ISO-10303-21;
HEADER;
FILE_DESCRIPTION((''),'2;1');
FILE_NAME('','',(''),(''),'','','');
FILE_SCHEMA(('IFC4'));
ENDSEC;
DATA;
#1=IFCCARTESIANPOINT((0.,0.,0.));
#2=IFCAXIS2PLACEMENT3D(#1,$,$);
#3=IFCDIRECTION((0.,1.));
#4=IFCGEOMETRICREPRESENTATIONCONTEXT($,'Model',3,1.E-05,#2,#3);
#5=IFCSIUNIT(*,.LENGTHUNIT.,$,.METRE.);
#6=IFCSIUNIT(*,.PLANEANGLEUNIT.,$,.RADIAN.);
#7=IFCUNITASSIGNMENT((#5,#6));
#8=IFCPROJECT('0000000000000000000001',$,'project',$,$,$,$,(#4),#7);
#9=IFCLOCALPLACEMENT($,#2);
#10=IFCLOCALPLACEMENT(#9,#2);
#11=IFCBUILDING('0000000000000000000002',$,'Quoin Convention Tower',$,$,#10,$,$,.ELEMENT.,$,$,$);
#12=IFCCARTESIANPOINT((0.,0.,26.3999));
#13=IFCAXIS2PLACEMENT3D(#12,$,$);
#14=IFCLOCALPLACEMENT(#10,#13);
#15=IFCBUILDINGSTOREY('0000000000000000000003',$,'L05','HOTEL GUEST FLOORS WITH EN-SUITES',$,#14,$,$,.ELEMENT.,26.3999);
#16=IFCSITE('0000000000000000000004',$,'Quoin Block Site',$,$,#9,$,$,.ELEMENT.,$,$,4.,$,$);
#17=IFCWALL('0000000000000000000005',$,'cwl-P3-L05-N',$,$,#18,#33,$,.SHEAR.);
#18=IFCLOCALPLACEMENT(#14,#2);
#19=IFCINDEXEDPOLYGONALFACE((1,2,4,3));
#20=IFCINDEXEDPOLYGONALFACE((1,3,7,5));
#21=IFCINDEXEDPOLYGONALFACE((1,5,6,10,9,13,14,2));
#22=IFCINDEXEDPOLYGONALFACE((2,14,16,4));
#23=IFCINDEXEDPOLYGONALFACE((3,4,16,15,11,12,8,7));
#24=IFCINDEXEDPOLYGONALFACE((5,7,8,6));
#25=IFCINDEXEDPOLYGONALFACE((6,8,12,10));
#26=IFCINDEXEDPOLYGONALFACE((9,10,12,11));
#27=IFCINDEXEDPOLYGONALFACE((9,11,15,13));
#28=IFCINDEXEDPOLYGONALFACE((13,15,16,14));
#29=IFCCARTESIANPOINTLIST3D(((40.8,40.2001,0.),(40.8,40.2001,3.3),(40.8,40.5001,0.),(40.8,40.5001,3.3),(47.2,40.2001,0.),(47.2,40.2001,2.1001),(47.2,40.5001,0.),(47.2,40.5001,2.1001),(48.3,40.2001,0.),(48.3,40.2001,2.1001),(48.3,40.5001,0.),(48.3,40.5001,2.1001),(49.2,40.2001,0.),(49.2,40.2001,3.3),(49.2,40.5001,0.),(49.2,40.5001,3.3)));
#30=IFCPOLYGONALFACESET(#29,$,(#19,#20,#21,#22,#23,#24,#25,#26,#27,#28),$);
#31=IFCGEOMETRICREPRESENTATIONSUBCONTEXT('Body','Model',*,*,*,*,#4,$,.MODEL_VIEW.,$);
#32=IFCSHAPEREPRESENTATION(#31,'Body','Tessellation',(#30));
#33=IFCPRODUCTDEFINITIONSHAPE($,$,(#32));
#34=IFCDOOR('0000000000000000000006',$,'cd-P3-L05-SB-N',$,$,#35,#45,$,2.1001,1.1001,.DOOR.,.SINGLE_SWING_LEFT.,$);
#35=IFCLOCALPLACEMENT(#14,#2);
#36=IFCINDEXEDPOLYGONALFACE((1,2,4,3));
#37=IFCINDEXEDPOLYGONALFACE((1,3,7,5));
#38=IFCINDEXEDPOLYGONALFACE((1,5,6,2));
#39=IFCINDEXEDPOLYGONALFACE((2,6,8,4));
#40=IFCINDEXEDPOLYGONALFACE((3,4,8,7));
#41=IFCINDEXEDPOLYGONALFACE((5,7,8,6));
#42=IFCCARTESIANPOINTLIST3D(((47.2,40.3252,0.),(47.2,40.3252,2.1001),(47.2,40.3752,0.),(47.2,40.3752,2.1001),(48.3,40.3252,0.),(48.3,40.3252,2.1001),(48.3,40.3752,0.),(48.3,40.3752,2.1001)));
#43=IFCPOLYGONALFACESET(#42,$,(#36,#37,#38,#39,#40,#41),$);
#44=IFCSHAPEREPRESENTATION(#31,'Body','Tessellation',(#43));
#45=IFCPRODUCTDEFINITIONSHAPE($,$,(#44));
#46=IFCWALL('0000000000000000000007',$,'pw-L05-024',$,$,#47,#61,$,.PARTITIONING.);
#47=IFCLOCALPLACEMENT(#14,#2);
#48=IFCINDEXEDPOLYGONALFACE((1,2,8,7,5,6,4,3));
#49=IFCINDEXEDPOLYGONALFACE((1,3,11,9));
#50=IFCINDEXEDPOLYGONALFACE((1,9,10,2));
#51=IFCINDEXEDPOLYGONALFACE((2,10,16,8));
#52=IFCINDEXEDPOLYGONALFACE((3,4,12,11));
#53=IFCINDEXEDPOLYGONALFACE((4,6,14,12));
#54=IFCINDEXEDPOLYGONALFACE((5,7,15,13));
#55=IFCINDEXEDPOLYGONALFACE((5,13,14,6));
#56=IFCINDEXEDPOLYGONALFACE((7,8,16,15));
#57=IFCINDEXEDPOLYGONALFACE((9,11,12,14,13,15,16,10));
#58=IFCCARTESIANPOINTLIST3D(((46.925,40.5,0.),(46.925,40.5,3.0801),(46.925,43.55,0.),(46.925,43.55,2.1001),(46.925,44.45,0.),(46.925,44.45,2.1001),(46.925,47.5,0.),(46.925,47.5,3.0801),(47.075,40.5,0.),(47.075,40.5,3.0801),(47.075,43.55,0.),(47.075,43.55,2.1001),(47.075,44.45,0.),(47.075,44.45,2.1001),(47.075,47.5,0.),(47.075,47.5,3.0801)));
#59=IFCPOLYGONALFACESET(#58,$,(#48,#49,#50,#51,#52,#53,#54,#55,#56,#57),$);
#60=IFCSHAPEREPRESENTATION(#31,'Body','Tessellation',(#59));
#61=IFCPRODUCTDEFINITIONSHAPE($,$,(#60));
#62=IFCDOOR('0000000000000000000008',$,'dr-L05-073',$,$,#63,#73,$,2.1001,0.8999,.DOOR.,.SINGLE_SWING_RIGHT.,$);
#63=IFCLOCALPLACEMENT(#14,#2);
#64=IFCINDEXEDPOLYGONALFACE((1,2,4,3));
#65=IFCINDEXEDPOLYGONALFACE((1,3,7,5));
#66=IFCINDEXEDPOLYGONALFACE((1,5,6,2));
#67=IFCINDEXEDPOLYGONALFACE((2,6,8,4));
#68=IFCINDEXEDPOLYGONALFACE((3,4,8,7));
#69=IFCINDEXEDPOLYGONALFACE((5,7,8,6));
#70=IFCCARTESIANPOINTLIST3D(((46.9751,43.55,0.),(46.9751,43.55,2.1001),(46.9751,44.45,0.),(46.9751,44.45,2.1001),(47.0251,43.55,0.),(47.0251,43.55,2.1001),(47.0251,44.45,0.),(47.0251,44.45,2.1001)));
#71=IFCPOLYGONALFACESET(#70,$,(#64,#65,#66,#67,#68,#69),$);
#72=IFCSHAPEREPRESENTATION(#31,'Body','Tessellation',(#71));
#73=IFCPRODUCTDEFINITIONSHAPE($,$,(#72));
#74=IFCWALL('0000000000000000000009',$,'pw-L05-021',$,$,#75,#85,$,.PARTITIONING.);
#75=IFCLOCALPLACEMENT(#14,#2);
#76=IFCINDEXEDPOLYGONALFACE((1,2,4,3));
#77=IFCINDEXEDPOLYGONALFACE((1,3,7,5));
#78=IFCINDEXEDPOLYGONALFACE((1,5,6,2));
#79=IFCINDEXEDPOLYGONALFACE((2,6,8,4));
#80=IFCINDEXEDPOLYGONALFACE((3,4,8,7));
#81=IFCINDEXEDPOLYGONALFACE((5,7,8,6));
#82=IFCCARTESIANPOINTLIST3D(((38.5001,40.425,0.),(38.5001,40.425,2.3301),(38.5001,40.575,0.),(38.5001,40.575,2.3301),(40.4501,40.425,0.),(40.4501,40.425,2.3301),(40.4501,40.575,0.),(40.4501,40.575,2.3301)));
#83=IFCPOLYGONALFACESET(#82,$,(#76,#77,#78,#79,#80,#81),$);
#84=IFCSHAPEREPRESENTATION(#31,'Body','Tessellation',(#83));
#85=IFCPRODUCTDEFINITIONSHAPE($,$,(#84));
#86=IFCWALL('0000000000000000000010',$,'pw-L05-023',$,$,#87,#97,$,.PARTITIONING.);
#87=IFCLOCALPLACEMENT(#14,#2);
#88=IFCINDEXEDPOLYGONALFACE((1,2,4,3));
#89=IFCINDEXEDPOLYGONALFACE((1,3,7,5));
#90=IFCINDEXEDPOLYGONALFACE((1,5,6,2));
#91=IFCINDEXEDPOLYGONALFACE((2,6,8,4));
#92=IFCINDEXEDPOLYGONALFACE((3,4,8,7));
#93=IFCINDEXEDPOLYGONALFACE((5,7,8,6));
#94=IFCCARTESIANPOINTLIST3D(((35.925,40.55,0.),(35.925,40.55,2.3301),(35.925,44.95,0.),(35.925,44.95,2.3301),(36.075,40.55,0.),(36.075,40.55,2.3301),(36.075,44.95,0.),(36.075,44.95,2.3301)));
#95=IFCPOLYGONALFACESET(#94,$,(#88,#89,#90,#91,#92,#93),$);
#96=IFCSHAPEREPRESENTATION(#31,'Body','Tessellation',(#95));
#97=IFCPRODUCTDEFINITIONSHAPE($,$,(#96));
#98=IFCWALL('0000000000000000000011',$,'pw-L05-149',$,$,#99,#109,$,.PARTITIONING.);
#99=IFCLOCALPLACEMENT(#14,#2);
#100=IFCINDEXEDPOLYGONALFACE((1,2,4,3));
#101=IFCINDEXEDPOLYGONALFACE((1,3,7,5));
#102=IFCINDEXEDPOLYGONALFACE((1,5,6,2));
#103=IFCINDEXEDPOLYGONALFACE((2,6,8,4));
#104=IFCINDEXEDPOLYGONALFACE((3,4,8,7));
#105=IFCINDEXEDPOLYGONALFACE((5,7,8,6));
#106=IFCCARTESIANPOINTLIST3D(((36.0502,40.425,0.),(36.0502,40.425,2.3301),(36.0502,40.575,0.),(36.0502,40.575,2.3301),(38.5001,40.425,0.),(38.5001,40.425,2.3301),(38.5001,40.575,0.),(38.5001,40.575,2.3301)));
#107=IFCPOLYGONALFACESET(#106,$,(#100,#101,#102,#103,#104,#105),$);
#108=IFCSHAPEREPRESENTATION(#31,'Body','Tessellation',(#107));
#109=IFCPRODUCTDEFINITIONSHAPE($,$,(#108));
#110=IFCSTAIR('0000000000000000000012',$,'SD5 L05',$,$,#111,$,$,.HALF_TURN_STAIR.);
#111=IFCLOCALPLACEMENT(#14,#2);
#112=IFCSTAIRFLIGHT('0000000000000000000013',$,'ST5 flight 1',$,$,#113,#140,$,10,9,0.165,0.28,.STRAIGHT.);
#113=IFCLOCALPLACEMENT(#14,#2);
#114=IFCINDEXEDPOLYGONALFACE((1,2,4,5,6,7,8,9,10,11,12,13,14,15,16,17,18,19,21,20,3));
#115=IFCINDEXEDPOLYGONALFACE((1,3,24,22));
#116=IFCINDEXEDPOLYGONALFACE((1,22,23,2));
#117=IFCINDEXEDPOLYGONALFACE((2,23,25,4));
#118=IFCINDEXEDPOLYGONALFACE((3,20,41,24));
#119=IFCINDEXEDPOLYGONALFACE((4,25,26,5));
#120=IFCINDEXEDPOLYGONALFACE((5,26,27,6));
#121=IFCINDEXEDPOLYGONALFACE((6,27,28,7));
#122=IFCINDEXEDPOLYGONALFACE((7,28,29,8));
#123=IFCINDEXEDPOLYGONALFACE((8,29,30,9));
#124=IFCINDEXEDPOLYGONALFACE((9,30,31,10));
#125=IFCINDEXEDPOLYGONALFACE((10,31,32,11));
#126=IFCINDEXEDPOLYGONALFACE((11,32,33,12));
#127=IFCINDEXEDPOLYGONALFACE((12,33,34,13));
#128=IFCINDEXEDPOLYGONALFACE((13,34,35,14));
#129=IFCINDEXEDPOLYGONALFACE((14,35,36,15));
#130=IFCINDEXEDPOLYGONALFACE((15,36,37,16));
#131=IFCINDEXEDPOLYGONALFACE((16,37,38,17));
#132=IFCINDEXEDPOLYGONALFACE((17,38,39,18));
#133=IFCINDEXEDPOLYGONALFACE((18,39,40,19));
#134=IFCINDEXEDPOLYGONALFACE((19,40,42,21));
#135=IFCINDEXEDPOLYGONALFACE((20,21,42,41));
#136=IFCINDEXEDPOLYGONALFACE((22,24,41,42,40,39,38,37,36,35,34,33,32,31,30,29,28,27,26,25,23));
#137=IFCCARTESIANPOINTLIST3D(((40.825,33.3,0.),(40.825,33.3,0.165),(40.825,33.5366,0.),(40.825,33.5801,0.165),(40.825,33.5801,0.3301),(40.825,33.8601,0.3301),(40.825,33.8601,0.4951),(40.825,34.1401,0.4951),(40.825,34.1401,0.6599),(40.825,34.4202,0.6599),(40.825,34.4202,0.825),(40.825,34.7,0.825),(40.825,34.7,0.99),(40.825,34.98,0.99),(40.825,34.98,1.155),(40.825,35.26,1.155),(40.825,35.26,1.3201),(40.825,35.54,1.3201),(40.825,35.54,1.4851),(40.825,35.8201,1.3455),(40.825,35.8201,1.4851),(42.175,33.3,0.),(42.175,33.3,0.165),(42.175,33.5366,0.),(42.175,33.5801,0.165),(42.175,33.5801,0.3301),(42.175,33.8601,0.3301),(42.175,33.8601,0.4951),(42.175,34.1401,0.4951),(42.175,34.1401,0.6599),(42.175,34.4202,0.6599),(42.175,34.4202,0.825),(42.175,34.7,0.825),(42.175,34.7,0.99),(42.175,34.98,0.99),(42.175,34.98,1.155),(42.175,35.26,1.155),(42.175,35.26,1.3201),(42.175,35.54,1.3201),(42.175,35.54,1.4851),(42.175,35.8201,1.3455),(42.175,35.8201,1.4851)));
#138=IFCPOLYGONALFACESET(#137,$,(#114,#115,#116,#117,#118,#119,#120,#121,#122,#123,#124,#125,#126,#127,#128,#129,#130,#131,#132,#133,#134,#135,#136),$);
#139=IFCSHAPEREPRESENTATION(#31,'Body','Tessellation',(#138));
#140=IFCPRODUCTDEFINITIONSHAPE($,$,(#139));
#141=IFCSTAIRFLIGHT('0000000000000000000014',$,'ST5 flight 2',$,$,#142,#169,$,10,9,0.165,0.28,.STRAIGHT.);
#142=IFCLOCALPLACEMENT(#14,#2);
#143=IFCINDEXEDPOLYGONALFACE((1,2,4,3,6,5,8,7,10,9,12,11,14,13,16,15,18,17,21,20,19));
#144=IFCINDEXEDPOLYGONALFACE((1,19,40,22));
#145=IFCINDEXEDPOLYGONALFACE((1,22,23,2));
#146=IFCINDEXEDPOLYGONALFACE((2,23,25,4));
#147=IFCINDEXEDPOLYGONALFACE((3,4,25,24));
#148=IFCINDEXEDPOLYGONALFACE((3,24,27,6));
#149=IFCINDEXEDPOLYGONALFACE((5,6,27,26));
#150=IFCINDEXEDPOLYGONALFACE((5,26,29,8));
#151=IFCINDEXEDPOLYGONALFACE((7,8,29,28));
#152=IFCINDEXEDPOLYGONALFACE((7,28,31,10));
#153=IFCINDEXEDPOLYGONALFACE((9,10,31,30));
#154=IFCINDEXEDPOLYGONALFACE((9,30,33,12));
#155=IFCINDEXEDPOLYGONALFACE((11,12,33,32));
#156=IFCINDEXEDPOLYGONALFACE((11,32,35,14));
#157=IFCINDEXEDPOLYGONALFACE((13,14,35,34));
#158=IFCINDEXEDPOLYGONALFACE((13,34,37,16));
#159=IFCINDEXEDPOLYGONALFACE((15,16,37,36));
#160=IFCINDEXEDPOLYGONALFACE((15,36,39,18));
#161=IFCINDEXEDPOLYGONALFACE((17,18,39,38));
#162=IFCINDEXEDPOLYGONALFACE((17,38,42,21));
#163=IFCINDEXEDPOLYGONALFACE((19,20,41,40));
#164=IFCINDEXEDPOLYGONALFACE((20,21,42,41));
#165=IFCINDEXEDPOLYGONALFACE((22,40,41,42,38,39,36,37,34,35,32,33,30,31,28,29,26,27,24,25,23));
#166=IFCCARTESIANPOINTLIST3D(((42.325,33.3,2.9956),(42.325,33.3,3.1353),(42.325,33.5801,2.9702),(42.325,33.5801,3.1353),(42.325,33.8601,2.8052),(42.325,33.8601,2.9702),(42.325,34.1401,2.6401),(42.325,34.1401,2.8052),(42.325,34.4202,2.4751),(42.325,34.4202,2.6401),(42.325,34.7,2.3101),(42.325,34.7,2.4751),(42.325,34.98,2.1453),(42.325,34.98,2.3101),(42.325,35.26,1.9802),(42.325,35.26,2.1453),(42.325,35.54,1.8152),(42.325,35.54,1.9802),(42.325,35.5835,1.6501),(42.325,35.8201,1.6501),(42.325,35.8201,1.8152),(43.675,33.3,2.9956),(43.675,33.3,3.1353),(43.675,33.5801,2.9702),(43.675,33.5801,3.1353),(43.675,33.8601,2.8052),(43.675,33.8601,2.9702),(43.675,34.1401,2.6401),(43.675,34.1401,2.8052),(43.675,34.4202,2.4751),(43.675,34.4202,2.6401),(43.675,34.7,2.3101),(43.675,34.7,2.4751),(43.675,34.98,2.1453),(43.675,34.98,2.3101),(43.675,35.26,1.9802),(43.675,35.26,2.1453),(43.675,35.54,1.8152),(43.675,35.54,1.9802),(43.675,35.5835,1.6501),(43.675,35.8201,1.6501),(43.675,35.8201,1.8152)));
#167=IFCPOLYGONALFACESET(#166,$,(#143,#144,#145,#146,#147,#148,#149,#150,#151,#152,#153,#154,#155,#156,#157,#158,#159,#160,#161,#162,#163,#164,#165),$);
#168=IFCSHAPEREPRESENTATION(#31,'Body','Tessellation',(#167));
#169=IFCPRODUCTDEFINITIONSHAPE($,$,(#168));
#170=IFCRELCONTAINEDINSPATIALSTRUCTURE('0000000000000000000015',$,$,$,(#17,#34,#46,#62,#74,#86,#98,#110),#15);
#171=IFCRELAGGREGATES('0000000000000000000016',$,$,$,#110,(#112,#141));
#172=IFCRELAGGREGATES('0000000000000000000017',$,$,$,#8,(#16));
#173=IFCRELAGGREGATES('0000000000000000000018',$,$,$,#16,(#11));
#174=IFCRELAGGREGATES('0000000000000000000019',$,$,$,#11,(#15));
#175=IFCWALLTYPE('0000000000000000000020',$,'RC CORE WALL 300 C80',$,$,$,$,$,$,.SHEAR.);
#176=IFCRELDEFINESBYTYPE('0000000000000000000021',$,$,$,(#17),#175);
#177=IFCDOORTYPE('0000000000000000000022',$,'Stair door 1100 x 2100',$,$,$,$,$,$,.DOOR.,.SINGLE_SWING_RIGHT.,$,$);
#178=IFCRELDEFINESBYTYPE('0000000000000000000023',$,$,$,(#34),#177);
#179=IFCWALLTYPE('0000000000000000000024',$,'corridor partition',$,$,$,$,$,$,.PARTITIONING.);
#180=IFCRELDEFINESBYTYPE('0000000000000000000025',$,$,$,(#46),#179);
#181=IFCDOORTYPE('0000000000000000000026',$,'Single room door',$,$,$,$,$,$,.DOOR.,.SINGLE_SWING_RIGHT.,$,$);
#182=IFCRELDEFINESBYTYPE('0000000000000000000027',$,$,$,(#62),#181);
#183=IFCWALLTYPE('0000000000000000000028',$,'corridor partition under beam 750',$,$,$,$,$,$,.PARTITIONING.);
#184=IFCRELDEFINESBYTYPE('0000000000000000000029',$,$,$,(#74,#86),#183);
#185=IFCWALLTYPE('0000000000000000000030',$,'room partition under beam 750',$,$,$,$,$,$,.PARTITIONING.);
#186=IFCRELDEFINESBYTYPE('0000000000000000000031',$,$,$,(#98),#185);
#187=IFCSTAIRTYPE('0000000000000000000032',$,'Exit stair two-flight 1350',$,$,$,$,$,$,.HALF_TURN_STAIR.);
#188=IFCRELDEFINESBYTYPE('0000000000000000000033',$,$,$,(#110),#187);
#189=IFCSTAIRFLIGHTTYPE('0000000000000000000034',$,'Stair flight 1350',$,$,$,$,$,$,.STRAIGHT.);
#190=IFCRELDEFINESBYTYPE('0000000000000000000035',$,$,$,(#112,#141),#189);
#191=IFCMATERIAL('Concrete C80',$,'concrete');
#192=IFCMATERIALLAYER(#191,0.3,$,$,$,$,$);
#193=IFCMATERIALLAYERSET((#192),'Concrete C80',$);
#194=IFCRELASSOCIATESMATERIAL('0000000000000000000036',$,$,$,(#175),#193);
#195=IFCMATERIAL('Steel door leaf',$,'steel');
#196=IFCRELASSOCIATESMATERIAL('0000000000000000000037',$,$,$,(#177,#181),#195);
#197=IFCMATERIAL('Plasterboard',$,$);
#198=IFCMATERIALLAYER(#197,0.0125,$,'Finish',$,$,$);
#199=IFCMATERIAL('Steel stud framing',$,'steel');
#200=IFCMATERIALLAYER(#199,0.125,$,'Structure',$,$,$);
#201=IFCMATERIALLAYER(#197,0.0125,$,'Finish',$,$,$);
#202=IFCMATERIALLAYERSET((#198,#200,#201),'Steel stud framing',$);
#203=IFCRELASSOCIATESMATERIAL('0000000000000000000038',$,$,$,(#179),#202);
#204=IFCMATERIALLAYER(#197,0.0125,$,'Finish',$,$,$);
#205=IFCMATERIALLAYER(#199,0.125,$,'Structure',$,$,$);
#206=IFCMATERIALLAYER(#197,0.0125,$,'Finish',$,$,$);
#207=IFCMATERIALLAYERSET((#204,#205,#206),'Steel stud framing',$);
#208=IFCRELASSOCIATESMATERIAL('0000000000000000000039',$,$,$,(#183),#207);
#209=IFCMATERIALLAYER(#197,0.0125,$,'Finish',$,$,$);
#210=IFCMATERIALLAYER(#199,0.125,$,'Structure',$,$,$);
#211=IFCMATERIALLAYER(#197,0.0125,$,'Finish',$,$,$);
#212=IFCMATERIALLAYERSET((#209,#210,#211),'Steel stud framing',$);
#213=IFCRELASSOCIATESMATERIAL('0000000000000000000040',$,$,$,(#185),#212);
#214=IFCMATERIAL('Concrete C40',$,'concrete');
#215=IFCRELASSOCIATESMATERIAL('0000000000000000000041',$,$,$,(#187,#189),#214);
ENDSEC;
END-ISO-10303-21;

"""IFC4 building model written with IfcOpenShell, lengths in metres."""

from ifc_helpers import new_model, si_unit, direction, frame, frame_2d, origin, place, context, subcontext, project, spatial, polyline, rectangle, outline, extrude, material, layer, layer_set, type_object, element, fill, aggregate, save


model = new_model("IFC4")

# Units and contexts
model_context = context("Model", 3, precision=1e-05, world=origin(), true_north=direction((0.0, 1.0)))
body_context = subcontext(model_context, "Body", "Model", "MODEL_VIEW")
ifc_project = project(units=[si_unit("LENGTHUNIT", "METRE"), si_unit("PLANEANGLEUNIT", "RADIAN")], contexts=[model_context])

# Site, building, storey
site_placement = place(None, origin())
site = spatial("IfcSite", under=ifc_project, at=site_placement, Name="Quoin Block Site", CompositionType="ELEMENT", RefElevation=4.0)
building_placement = place(site_placement, origin())
building = spatial("IfcBuilding", under=site, at=building_placement, Name="Quoin Convention Tower", CompositionType="ELEMENT")
storey_placement = place(building_placement, frame((0.0, 0.0, 26.3999)))
storey = spatial("IfcBuildingStorey", under=building, at=storey_placement, Name="L05", Description="HOTEL GUEST FLOORS WITH EN-SUITES", CompositionType="ELEMENT", Elevation=26.3999)

# Shared definitions
ifc_material_1 = material(Name="Concrete C80", Category="concrete")

# Walls, openings, doors
ifc_layer_1 = layer(ifc_material_1, 0.3)
ifc_layer_set_1 = layer_set([ifc_layer_1], Name="Concrete C80")
wall_type_1 = type_object("IfcWallType", Name="RC CORE WALL 300 C80", PredefinedType="SHEAR", material=ifc_layer_set_1)
wall_1_placement = place(storey_placement, frame((40.8, 40.3501, 0.0), z_axis=(0.0, 0.0, 1.0), x_axis=(1.0, 0.0, 0.0)))
wall_1 = element("IfcWall", 1, at=wall_1_placement, inside=storey, type_object=wall_type_1, Name="cwl-P3-L05-N", PredefinedType="SHEAR", context=body_context, shape_type="SweptSolid", body=[
    extrude(rectangle(XDim=8.3999, YDim=0.3, at=frame_2d((4.2, 0.0))), origin(), (0.0, 0.0, 1.0), 3.3),
])
opening_1_placement = place(wall_1_placement, frame((6.3999, 0.0, 0.0)))
opening_1 = element("IfcOpeningElement", 2, at=opening_1_placement, cuts=wall_1, PredefinedType="OPENING", context=body_context, shape_type="SweptSolid", body=[
    extrude(rectangle(XDim=1.1001, YDim=2.1001, at=frame_2d((0.55, 1.05))), frame((0.0, 0.1599, 0.0), z_axis=(0.0, -1.0, 0.0), x_axis=(1.0, 0.0, 0.0)), (0.0, 0.0, 1.0), 0.3201),
])
ifc_material_2 = material(Name="Steel door leaf", Category="steel")
door_type_1 = type_object("IfcDoorType", Name="Stair door 1100 x 2100", OperationType="SINGLE_SWING_RIGHT", PredefinedType="DOOR", material=ifc_material_2)
door_1_placement = place(opening_1_placement, frame((1.1001, 0.0, 0.0), z_axis=(0.0, 0.0, 1.0), x_axis=(-1.0, 0.0, 0.0)))
door_1 = element("IfcDoor", 3, at=door_1_placement, inside=storey, type_object=door_type_1, Name="cd-P3-L05-SB-N", OperationType="SINGLE_SWING_LEFT", OverallHeight=2.1001, OverallWidth=1.1001, PredefinedType="DOOR", context=body_context, shape_type="SweptSolid", body=[
    extrude(rectangle(XDim=1.1001, YDim=2.1001, at=frame_2d((0.55, 1.05))), frame((0.0, 0.0249, 0.0), z_axis=(0.0, -1.0, 0.0), x_axis=(1.0, 0.0, 0.0)), (0.0, 0.0, 1.0), 0.05),
])
fill(opening_1, door_1)
ifc_material_3 = material(Name="Plasterboard")
ifc_layer_2 = layer(ifc_material_3, 0.0125, Name="Finish")
ifc_material_4 = material(Name="Steel stud framing", Category="steel")
ifc_layer_3 = layer(ifc_material_4, 0.125, Name="Structure")
ifc_layer_4 = layer(ifc_material_3, 0.0125, Name="Finish")
ifc_layer_set_2 = layer_set([ifc_layer_2, ifc_layer_3, ifc_layer_4], Name="Steel stud framing")
wall_type_2 = type_object("IfcWallType", Name="corridor partition", PredefinedType="PARTITIONING", material=ifc_layer_set_2)
wall_2_placement = place(storey_placement, frame((47.0, 40.5, 0.0), z_axis=(0.0, 0.0, 1.0), x_axis=(0.0, 1.0, 0.0)))
wall_2 = element("IfcWall", 4, at=wall_2_placement, inside=storey, type_object=wall_type_2, Name="pw-L05-024", PredefinedType="PARTITIONING", context=body_context, shape_type="SweptSolid", body=[
    extrude(rectangle(XDim=7.0, YDim=0.1499, at=frame_2d((3.5, 0.0))), origin(), (0.0, 0.0, 1.0), 3.0801),
])
opening_2_placement = place(wall_2_placement, frame((3.05, 0.0, 0.0)))
opening_2 = element("IfcOpeningElement", 5, at=opening_2_placement, cuts=wall_2, PredefinedType="OPENING", context=body_context, shape_type="SweptSolid", body=[
    extrude(rectangle(XDim=0.8999, YDim=2.1001, at=frame_2d((0.45, 1.05))), frame((0.0, 0.085, 0.0), z_axis=(0.0, -1.0, 0.0), x_axis=(1.0, 0.0, 0.0)), (0.0, 0.0, 1.0), 0.1699),
])
door_type_2 = type_object("IfcDoorType", Name="Single room door", OperationType="SINGLE_SWING_RIGHT", PredefinedType="DOOR", material=ifc_material_2)
door_2_placement = place(opening_2_placement, origin())
door_2 = element("IfcDoor", 6, at=door_2_placement, inside=storey, type_object=door_type_2, Name="dr-L05-073", OperationType="SINGLE_SWING_RIGHT", OverallHeight=2.1001, OverallWidth=0.8999, PredefinedType="DOOR", context=body_context, shape_type="SweptSolid", body=[
    extrude(rectangle(XDim=0.8999, YDim=2.1001, at=frame_2d((0.45, 1.05))), frame((0.0, 0.0249, 0.0), z_axis=(0.0, -1.0, 0.0), x_axis=(1.0, 0.0, 0.0)), (0.0, 0.0, 1.0), 0.05),
])
fill(opening_2, door_2)

# Walls
ifc_layer_5 = layer(ifc_material_3, 0.0125, Name="Finish")
ifc_layer_6 = layer(ifc_material_4, 0.125, Name="Structure")
ifc_layer_7 = layer(ifc_material_3, 0.0125, Name="Finish")
ifc_layer_set_3 = layer_set([ifc_layer_5, ifc_layer_6, ifc_layer_7], Name="Steel stud framing")
wall_type_3 = type_object("IfcWallType", Name="corridor partition under beam 750", PredefinedType="PARTITIONING", material=ifc_layer_set_3)
wall_3_placement = place(storey_placement, frame((38.5, 40.5, 0.0), z_axis=(0.0, 0.0, 1.0), x_axis=(1.0, 0.0, 0.0)))
element("IfcWall", 7, at=wall_3_placement, inside=storey, type_object=wall_type_3, Name="pw-L05-021", PredefinedType="PARTITIONING", context=body_context, shape_type="SweptSolid", body=[
    extrude(rectangle(XDim=1.95, YDim=0.1499, at=frame_2d((0.9751, 0.0))), origin(), (0.0, 0.0, 1.0), 2.3301),
])
wall_4_placement = place(storey_placement, frame((36.0, 40.55, 0.0), z_axis=(0.0, 0.0, 1.0), x_axis=(0.0, 1.0, 0.0)))
element("IfcWall", 8, at=wall_4_placement, inside=storey, type_object=wall_type_3, Name="pw-L05-023", PredefinedType="PARTITIONING", context=body_context, shape_type="SweptSolid", body=[
    extrude(rectangle(XDim=4.3999, YDim=0.1499, at=frame_2d((2.2, 0.0))), origin(), (0.0, 0.0, 1.0), 2.3301),
])
ifc_layer_8 = layer(ifc_material_3, 0.0125, Name="Finish")
ifc_layer_9 = layer(ifc_material_4, 0.125, Name="Structure")
ifc_layer_10 = layer(ifc_material_3, 0.0125, Name="Finish")
ifc_layer_set_4 = layer_set([ifc_layer_8, ifc_layer_9, ifc_layer_10], Name="Steel stud framing")
wall_type_4 = type_object("IfcWallType", Name="room partition under beam 750", PredefinedType="PARTITIONING", material=ifc_layer_set_4)
wall_5_placement = place(storey_placement, frame((36.05, 40.5, 0.0), z_axis=(0.0, 0.0, 1.0), x_axis=(1.0, 0.0, 0.0)))
element("IfcWall", 9, at=wall_5_placement, inside=storey, type_object=wall_type_4, Name="pw-L05-149", PredefinedType="PARTITIONING", context=body_context, shape_type="SweptSolid", body=[
    extrude(rectangle(XDim=2.45, YDim=0.1499, at=frame_2d((1.2251, 0.0))), origin(), (0.0, 0.0, 1.0), 2.3301),
])

# Stair, stair flights
ifc_material_5 = material(Name="Concrete C40", Category="concrete")
stair_type = type_object("IfcStairType", Name="Exit stair two-flight 1350", PredefinedType="HALF_TURN_STAIR", material=ifc_material_5)
stair_1_placement = place(storey_placement, origin())
stair_1 = element("IfcStair", 10, at=stair_1_placement, inside=storey, type_object=stair_type, Name="SD5 L05", PredefinedType="HALF_TURN_STAIR")
stair_flight_type = type_object("IfcStairFlightType", Name="Stair flight 1350", PredefinedType="STRAIGHT", material=ifc_material_5)
stair_flight_1_placement = place(storey_placement, frame((41.5, 33.3, 0.0), z_axis=(0.0, 0.0, 1.0), x_axis=(0.0, 1.0, 0.0)))
stair_flight_1 = element("IfcStairFlight", 11, at=stair_flight_1_placement, type_object=stair_flight_type, Name="ST5 flight 1", NumberOfRisers=10, NumberOfTreads=9, PredefinedType="STRAIGHT", RiserHeight=0.165, TreadLength=0.28, context=body_context, shape_type="SweptSolid", body=[
    extrude(outline(polyline([(0.0, 0.0), (0.0, 0.165), (0.28, 0.165), (0.28, 0.3301), (0.5601, 0.3301), (0.5601, 0.4951), (0.8401, 0.4951), (0.8401, 0.6599), (1.1201, 0.6599), (1.1201, 0.825), (1.3999, 0.825), (1.3999, 0.99), (1.6799, 0.99), (1.6799, 1.155), (1.96, 1.155), (1.96, 1.3201), (2.24, 1.3201), (2.24, 1.4851), (2.52, 1.4851), (2.52, 1.6499), (2.52, 1.3455), (0.2366, 0.0), (0.0, 0.0)])), frame((0.0, 0.675, 0.0), z_axis=(0.0, -1.0, 0.0), x_axis=(1.0, 0.0, 0.0)), (0.0, 0.0, 1.0), 1.3501),
])
stair_flight_2_placement = place(storey_placement, frame((43.0, 35.8201, 1.6501), z_axis=(0.0, 0.0, 1.0), x_axis=(0.0, -1.0, 0.0)))
stair_flight_2 = element("IfcStairFlight", 12, at=stair_flight_2_placement, type_object=stair_flight_type, Name="ST5 flight 2", NumberOfRisers=10, NumberOfTreads=9, PredefinedType="STRAIGHT", RiserHeight=0.165, TreadLength=0.28, context=body_context, shape_type="SweptSolid", body=[
    extrude(outline(polyline([(0.0, 0.0), (0.0, 0.165), (0.28, 0.165), (0.28, 0.3301), (0.5601, 0.3301), (0.5601, 0.4951), (0.8401, 0.4951), (0.8401, 0.6599), (1.1201, 0.6599), (1.1201, 0.825), (1.3999, 0.825), (1.3999, 0.99), (1.6799, 0.99), (1.6799, 1.155), (1.96, 1.155), (1.96, 1.3201), (2.24, 1.3201), (2.24, 1.4851), (2.52, 1.4851), (2.52, 1.6499), (2.52, 1.3455), (0.2366, 0.0), (0.0, 0.0)])), frame((0.0, 0.675, 0.0), z_axis=(0.0, -1.0, 0.0), x_axis=(1.0, 0.0, 0.0)), (0.0, 0.0, 1.0), 1.3501),
])
aggregate(stair_1, [stair_flight_1, stair_flight_2])

save(model, "model.ifc")
